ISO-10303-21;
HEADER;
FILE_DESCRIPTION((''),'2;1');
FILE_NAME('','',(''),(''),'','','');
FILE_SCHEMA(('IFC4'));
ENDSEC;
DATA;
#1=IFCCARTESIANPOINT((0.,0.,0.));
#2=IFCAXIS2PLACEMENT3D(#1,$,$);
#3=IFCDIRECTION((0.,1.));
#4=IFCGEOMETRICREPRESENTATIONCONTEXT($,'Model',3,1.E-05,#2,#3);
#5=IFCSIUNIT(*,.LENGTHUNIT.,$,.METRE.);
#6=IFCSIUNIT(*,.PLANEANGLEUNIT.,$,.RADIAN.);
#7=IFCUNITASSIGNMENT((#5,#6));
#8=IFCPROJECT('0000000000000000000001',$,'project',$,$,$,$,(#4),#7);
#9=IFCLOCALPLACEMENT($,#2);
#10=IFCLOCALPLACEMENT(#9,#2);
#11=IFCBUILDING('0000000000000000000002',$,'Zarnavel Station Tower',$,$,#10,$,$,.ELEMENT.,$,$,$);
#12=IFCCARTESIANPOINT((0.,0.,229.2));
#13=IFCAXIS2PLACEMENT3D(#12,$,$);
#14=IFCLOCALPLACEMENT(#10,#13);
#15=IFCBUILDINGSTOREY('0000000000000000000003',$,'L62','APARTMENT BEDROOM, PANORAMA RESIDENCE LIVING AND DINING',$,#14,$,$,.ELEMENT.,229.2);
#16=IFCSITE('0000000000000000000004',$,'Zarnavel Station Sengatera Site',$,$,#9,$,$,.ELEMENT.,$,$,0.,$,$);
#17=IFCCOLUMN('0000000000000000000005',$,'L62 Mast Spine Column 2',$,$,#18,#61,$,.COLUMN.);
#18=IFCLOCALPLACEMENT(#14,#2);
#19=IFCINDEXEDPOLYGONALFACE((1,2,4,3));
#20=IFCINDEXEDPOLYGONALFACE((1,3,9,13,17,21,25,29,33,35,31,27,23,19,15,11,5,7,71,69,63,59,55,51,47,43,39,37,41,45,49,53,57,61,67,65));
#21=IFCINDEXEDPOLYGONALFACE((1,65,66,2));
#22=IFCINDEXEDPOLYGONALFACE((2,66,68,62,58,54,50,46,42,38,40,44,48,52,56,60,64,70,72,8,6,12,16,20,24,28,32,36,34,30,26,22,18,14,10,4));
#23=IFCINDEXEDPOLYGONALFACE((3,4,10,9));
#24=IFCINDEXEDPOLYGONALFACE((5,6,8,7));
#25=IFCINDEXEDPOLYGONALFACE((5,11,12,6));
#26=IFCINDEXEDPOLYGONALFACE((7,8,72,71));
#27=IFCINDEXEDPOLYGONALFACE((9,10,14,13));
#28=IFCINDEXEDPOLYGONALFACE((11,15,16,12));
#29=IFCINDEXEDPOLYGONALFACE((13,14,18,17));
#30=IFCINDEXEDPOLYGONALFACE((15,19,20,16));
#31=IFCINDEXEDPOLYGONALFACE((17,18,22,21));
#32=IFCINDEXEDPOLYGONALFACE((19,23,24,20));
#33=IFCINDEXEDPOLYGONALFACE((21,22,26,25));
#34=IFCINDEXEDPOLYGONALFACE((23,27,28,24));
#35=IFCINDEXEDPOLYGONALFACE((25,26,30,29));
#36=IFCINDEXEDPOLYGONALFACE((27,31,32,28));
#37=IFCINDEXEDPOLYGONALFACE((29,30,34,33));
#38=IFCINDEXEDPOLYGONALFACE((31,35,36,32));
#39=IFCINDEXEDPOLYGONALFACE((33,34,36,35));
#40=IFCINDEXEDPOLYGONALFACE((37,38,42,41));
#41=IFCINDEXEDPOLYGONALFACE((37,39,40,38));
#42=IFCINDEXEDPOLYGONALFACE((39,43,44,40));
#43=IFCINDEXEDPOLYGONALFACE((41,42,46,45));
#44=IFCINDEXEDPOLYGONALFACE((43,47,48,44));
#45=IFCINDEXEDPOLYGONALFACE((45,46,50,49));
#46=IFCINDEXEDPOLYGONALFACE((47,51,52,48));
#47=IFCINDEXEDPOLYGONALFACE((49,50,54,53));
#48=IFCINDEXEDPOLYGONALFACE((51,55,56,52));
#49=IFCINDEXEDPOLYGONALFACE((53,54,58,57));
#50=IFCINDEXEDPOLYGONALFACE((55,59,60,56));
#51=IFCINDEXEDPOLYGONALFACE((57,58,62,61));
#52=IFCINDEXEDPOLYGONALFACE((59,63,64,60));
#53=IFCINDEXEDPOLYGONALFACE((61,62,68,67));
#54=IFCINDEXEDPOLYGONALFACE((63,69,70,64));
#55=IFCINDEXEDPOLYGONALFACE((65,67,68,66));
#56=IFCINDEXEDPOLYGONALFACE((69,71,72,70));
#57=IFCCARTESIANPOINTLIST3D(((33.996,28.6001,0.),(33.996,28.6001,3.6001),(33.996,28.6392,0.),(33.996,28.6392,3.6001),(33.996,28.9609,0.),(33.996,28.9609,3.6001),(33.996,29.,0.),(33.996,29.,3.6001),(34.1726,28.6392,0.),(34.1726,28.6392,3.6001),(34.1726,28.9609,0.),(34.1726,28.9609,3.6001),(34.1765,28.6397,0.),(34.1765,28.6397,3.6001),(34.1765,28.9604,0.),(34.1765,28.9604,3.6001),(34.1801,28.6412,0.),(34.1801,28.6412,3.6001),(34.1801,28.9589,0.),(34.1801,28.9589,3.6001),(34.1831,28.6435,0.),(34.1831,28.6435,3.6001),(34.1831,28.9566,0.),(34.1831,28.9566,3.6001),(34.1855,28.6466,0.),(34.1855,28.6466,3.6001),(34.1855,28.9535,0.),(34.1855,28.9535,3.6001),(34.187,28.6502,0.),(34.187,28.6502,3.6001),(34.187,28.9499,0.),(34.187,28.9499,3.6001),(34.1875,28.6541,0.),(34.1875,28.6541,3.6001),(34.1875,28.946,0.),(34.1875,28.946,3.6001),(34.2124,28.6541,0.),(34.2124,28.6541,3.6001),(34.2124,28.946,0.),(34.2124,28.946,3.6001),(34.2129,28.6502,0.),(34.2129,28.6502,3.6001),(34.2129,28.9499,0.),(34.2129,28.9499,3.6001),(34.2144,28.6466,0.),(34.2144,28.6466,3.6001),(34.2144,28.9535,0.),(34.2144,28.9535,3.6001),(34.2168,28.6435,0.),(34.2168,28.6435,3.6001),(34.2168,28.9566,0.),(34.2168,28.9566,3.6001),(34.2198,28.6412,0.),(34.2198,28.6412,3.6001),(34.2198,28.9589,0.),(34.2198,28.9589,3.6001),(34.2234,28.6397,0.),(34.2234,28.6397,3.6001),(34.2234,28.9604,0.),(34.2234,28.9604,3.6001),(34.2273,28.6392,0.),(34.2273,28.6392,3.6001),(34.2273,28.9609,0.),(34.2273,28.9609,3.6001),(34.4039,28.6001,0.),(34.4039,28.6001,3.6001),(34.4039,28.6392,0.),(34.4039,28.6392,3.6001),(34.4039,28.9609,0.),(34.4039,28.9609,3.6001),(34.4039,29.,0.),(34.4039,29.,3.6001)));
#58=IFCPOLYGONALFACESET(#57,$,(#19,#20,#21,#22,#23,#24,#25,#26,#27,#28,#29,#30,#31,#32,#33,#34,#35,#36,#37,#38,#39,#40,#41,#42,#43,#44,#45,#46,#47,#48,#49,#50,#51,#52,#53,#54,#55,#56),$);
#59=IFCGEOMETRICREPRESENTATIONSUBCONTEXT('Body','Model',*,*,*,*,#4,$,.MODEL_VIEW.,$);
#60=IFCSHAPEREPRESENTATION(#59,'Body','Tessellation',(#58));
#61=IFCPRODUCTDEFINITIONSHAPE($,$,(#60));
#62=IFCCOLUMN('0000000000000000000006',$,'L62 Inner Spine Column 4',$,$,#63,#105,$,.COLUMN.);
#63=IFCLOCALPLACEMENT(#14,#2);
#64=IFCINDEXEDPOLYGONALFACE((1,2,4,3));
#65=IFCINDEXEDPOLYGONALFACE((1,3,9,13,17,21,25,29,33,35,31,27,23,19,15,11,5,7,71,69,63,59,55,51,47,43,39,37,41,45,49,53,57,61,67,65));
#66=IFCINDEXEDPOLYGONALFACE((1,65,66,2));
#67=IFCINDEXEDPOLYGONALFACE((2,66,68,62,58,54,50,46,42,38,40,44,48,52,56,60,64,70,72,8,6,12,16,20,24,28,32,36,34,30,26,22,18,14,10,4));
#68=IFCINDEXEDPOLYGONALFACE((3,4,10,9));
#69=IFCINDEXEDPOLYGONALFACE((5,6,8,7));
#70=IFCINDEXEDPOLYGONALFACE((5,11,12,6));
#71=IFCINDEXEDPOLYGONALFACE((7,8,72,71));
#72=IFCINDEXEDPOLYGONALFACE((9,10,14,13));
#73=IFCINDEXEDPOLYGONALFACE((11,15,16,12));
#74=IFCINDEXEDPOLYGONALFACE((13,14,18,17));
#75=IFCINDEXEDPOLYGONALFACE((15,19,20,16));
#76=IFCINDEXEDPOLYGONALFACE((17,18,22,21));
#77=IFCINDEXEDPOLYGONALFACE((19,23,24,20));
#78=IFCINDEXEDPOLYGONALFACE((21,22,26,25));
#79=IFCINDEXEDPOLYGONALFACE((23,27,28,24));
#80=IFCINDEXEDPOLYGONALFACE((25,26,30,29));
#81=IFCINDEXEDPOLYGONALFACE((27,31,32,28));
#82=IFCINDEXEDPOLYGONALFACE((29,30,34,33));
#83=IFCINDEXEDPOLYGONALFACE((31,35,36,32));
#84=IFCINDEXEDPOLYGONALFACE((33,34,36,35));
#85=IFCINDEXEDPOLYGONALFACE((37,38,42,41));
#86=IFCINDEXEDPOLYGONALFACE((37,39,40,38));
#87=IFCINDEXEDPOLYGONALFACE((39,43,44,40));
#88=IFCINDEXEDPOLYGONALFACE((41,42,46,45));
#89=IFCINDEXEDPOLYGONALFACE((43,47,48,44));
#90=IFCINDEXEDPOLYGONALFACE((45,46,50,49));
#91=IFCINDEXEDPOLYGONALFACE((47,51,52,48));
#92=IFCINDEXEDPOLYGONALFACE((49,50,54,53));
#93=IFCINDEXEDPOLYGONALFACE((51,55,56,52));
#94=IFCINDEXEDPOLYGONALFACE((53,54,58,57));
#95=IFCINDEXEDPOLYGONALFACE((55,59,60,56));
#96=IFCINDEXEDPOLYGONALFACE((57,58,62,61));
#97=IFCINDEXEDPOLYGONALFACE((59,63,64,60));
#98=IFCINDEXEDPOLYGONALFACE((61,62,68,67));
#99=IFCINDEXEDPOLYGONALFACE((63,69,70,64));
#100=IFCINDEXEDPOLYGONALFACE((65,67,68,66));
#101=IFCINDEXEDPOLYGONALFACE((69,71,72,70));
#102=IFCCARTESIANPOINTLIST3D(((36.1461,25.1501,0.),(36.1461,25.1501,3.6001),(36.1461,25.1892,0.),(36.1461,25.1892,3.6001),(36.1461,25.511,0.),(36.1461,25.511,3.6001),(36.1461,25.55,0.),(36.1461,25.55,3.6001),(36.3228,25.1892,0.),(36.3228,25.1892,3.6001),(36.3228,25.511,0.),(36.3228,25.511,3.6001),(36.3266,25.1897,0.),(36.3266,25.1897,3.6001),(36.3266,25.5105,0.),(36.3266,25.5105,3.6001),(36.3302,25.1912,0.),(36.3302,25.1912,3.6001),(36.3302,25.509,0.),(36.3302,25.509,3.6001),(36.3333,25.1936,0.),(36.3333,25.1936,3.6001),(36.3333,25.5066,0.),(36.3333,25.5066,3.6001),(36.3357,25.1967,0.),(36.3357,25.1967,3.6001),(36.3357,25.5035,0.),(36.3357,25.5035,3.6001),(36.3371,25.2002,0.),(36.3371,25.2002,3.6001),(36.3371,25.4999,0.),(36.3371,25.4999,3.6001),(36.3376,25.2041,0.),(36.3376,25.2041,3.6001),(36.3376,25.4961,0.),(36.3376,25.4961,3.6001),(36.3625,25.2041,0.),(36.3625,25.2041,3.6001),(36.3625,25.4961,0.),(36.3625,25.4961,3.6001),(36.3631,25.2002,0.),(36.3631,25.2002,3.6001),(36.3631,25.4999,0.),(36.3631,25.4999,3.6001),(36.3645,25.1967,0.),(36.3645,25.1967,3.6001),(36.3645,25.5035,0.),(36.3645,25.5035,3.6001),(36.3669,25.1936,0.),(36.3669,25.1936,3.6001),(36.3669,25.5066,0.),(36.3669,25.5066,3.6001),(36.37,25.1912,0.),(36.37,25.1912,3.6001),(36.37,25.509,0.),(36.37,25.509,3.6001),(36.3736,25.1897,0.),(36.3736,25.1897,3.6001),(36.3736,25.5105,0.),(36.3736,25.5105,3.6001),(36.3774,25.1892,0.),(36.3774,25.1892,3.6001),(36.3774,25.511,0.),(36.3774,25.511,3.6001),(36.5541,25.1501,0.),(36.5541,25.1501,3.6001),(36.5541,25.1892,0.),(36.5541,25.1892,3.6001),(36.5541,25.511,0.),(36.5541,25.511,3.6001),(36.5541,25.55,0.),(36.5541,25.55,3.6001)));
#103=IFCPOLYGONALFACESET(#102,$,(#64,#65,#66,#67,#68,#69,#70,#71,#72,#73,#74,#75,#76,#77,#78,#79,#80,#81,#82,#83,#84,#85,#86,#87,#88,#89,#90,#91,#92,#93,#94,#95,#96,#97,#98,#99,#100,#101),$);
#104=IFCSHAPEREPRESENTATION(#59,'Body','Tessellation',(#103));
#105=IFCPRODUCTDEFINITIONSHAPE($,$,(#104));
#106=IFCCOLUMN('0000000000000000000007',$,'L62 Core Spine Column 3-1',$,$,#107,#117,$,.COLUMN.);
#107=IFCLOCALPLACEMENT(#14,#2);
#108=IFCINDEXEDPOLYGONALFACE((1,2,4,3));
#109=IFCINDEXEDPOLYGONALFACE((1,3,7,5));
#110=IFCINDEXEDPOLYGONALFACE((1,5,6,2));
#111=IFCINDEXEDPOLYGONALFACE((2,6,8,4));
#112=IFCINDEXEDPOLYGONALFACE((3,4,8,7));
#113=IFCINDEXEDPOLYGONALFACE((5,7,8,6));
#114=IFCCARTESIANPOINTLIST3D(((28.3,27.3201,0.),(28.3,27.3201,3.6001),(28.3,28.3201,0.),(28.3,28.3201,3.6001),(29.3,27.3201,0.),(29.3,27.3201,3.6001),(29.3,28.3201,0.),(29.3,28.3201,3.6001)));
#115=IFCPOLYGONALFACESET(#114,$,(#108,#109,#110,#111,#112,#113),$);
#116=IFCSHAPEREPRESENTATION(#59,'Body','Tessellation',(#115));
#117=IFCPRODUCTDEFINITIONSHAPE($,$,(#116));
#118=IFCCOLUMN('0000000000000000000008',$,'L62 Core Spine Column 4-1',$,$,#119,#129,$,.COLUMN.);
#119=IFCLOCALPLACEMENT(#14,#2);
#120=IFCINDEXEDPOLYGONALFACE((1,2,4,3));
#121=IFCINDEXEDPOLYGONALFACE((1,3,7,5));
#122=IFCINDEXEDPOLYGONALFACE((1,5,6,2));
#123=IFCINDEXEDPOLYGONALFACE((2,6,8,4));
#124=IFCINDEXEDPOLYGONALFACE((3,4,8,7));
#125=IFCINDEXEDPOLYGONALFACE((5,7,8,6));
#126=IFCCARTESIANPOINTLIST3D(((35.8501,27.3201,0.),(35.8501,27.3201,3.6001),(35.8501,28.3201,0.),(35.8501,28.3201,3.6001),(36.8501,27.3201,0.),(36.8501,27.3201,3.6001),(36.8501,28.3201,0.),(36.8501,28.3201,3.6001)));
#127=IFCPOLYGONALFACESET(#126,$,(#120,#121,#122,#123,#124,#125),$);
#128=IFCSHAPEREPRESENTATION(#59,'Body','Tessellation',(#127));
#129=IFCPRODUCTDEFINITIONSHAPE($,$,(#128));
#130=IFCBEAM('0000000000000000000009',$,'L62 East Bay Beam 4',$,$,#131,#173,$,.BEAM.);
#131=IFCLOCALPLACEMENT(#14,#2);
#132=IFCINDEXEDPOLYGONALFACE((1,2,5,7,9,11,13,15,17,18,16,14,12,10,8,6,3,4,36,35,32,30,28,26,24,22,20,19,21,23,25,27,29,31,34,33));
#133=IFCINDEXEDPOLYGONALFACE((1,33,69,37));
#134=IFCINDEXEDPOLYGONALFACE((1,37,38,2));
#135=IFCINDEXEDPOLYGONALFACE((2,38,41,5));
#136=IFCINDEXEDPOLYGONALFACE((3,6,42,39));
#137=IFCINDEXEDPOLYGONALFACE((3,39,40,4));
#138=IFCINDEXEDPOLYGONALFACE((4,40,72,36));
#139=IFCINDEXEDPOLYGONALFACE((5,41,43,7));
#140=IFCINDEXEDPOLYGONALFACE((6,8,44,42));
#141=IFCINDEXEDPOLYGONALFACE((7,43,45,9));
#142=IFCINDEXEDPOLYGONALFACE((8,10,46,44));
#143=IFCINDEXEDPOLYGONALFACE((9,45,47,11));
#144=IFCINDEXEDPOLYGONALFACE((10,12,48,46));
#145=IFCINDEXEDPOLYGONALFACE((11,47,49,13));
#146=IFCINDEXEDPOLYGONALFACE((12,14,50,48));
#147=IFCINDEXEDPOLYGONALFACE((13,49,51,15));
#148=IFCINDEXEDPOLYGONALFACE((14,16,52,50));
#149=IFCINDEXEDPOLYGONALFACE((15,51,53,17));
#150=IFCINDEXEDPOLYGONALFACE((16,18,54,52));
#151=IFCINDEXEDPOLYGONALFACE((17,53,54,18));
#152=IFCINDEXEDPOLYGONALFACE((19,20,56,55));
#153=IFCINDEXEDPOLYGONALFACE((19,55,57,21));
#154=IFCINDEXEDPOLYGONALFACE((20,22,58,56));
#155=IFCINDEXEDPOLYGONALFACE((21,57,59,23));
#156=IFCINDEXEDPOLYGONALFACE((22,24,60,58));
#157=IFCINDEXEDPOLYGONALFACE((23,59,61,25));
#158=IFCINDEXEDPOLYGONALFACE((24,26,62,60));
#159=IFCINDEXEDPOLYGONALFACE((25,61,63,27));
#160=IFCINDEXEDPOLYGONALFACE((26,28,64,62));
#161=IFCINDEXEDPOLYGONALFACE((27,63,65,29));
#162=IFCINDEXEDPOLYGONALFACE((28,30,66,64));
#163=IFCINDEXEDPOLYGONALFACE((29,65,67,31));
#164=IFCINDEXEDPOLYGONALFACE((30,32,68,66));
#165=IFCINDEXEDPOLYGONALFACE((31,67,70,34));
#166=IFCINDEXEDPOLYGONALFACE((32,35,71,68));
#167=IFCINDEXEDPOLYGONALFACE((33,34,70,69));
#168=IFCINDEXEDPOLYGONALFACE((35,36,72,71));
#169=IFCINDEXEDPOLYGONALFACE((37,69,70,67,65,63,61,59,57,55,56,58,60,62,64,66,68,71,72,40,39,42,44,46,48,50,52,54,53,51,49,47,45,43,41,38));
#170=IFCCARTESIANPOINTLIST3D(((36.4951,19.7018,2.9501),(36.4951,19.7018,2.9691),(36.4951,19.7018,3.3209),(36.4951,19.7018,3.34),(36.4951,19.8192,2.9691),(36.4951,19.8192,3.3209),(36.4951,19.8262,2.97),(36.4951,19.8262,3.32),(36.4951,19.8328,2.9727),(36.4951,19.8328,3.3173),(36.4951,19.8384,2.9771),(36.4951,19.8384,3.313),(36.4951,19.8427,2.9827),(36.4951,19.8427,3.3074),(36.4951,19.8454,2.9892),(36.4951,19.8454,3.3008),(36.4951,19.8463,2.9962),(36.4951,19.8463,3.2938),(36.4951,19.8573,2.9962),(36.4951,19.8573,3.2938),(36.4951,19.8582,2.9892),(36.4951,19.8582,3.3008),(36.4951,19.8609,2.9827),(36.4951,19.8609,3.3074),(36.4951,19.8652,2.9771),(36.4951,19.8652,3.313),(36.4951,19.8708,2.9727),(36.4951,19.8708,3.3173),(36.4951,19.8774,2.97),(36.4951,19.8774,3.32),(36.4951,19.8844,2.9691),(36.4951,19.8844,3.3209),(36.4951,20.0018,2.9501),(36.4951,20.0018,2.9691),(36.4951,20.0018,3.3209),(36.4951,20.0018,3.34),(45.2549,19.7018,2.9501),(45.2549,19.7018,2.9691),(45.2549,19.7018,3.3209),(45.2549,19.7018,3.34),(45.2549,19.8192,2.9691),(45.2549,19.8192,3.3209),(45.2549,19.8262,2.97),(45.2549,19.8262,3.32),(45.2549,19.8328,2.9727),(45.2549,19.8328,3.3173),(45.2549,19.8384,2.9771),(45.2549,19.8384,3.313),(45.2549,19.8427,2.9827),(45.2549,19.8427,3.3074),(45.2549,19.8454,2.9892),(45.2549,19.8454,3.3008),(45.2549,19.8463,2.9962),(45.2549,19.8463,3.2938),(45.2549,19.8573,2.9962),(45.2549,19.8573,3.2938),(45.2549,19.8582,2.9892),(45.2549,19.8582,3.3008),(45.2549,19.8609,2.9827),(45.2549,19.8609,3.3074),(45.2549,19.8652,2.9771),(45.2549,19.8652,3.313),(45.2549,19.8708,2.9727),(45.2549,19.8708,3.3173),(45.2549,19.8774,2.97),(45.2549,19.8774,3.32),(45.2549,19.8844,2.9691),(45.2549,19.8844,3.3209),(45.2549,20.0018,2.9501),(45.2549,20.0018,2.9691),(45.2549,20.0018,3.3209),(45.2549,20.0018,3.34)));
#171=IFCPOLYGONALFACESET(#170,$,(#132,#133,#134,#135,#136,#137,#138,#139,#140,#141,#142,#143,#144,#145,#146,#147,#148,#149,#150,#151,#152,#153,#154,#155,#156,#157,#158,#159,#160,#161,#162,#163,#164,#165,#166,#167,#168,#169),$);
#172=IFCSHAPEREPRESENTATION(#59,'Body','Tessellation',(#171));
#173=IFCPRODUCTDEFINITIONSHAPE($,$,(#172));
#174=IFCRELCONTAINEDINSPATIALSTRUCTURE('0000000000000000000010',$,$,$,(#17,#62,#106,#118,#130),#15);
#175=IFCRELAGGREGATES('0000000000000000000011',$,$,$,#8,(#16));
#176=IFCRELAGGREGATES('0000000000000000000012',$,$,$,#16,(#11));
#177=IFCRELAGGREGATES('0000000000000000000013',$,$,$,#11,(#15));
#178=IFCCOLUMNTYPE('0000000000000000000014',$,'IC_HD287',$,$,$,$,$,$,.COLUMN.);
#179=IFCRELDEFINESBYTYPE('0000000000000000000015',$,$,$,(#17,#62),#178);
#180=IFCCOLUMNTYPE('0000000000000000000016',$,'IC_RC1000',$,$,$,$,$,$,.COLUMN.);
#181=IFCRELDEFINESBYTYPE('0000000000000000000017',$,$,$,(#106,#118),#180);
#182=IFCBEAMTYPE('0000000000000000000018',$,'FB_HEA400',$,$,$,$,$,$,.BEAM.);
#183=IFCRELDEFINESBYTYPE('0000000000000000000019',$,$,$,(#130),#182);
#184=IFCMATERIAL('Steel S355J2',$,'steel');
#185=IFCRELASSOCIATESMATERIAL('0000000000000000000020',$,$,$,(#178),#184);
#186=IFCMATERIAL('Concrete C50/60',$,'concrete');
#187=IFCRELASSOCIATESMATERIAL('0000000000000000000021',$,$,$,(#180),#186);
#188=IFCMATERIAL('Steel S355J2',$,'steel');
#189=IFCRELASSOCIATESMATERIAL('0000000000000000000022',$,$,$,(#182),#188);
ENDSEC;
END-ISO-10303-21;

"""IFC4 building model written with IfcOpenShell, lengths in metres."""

from ifc_helpers import new_model, si_unit, direction, frame, origin, origin_2d, place, context, subcontext, project, spatial, rectangle, i_section, extrude, material, material_profile, profile_set, type_object, element, save


model = new_model("IFC4")

# Units and contexts
model_context = context("Model", 3, precision=1e-05, world=origin(), true_north=direction((0.0, 1.0)))
body_context = subcontext(model_context, "Body", "Model", "MODEL_VIEW")
ifc_project = project(units=[si_unit("LENGTHUNIT", "METRE"), si_unit("PLANEANGLEUNIT", "RADIAN")], contexts=[model_context])

# Site, building, storey
site_placement = place(None, origin())
site = spatial("IfcSite", under=ifc_project, at=site_placement, Name="Zarnavel Station Sengatera Site", CompositionType="ELEMENT", RefElevation=0.0)
building_placement = place(site_placement, origin())
building = spatial("IfcBuilding", under=site, at=building_placement, Name="Zarnavel Station Tower", CompositionType="ELEMENT")
storey_placement = place(building_placement, frame((0.0, 0.0, 229.2)))
storey = spatial("IfcBuildingStorey", under=building, at=storey_placement, Name="L62", Description="APARTMENT BEDROOM, PANORAMA RESIDENCE LIVING AND DINING", CompositionType="ELEMENT", Elevation=229.2)

# Columns
ifc_material_1 = material(Name="Steel S355J2", Category="steel")
ifc_material_profile_1 = material_profile(ifc_material_1, i_section(OverallWidth=0.408, OverallDepth=0.3999, WebThickness=0.0249, FlangeThickness=0.0391, FilletRadius=0.0149, at=origin_2d()), Name="HD400x287")
ifc_profile_set_1 = profile_set([ifc_material_profile_1], Name="Steel S355J2")
column_type_1 = type_object("IfcColumnType", Name="IC_HD287", PredefinedType="COLUMN", material=ifc_profile_set_1)
for number, where, z_axis, x_axis, name in (
    (1, (34.2, 28.8, 0.0), (0.0, 0.0, 1.0), (1.0, 0.0, 0.0), "L62 Mast Spine Column 2"),
    (2, (36.3501, 25.3501, 0.0), (0.0, 0.0, 1.0), (1.0, 0.0, 0.0), "L62 Inner Spine Column 4"),
):
    element("IfcColumn", number, at=place(storey_placement, frame(where, z_axis=z_axis, x_axis=x_axis)), inside=storey, type_object=column_type_1, Name=name, PredefinedType="COLUMN", context=body_context, shape_type="SweptSolid", body=[
        extrude(i_section(OverallWidth=0.408, OverallDepth=0.3999, WebThickness=0.0249, FlangeThickness=0.0391, FilletRadius=0.0149, at=origin_2d()), origin(), (0.0, 0.0, 1.0), 3.6001),
    ])
ifc_material_2 = material(Name="Concrete C50/60", Category="concrete")
ifc_material_profile_2 = material_profile(ifc_material_2, rectangle(XDim=1.0, YDim=1.0, at=origin_2d()), Name="RC1000x1000")
ifc_profile_set_2 = profile_set([ifc_material_profile_2], Name="Concrete C50/60")
column_type_2 = type_object("IfcColumnType", Name="IC_RC1000", PredefinedType="COLUMN", material=ifc_profile_set_2)
for number, where, z_axis, x_axis, name in (
    (3, (28.8, 27.8201, 0.0), (0.0, 0.0, 1.0), (1.0, 0.0, 0.0), "L62 Core Spine Column 3-1"),
    (4, (36.3501, 27.8201, 0.0), (0.0, 0.0, 1.0), (1.0, 0.0, 0.0), "L62 Core Spine Column 4-1"),
):
    element("IfcColumn", number, at=place(storey_placement, frame(where, z_axis=z_axis, x_axis=x_axis)), inside=storey, type_object=column_type_2, Name=name, PredefinedType="COLUMN", context=body_context, shape_type="SweptSolid", body=[
        extrude(rectangle(XDim=1.0, YDim=1.0, at=origin_2d()), origin(), (0.0, 0.0, 1.0), 3.6001),
    ])

# Beam
ifc_material_3 = material(Name="Steel S355J2", Category="steel")
ifc_material_profile_3 = material_profile(ifc_material_3, i_section(OverallWidth=0.3, OverallDepth=0.3899, WebThickness=0.011, FlangeThickness=0.019, FilletRadius=0.0271, at=origin_2d()), Name="HEA400")
ifc_profile_set_3 = profile_set([ifc_material_profile_3], Name="Steel S355J2")
beam_type_1 = type_object("IfcBeamType", Name="FB_HEA400", PredefinedType="BEAM", material=ifc_profile_set_3)
beam_1_placement = place(storey_placement, frame((36.4951, 19.8518, 3.145), z_axis=(1.0, 0.0, 0.0), x_axis=(0.0, 1.0, 0.0)))
element("IfcBeam", 5, at=beam_1_placement, inside=storey, type_object=beam_type_1, Name="L62 East Bay Beam 4", PredefinedType="BEAM", context=body_context, shape_type="SweptSolid", body=[
    extrude(i_section(OverallWidth=0.3, OverallDepth=0.3899, WebThickness=0.011, FlangeThickness=0.019, FilletRadius=0.0271, at=origin_2d()), origin(), (0.0, 0.0, 1.0), 8.7598),
])

save(model, "model.ifc")
